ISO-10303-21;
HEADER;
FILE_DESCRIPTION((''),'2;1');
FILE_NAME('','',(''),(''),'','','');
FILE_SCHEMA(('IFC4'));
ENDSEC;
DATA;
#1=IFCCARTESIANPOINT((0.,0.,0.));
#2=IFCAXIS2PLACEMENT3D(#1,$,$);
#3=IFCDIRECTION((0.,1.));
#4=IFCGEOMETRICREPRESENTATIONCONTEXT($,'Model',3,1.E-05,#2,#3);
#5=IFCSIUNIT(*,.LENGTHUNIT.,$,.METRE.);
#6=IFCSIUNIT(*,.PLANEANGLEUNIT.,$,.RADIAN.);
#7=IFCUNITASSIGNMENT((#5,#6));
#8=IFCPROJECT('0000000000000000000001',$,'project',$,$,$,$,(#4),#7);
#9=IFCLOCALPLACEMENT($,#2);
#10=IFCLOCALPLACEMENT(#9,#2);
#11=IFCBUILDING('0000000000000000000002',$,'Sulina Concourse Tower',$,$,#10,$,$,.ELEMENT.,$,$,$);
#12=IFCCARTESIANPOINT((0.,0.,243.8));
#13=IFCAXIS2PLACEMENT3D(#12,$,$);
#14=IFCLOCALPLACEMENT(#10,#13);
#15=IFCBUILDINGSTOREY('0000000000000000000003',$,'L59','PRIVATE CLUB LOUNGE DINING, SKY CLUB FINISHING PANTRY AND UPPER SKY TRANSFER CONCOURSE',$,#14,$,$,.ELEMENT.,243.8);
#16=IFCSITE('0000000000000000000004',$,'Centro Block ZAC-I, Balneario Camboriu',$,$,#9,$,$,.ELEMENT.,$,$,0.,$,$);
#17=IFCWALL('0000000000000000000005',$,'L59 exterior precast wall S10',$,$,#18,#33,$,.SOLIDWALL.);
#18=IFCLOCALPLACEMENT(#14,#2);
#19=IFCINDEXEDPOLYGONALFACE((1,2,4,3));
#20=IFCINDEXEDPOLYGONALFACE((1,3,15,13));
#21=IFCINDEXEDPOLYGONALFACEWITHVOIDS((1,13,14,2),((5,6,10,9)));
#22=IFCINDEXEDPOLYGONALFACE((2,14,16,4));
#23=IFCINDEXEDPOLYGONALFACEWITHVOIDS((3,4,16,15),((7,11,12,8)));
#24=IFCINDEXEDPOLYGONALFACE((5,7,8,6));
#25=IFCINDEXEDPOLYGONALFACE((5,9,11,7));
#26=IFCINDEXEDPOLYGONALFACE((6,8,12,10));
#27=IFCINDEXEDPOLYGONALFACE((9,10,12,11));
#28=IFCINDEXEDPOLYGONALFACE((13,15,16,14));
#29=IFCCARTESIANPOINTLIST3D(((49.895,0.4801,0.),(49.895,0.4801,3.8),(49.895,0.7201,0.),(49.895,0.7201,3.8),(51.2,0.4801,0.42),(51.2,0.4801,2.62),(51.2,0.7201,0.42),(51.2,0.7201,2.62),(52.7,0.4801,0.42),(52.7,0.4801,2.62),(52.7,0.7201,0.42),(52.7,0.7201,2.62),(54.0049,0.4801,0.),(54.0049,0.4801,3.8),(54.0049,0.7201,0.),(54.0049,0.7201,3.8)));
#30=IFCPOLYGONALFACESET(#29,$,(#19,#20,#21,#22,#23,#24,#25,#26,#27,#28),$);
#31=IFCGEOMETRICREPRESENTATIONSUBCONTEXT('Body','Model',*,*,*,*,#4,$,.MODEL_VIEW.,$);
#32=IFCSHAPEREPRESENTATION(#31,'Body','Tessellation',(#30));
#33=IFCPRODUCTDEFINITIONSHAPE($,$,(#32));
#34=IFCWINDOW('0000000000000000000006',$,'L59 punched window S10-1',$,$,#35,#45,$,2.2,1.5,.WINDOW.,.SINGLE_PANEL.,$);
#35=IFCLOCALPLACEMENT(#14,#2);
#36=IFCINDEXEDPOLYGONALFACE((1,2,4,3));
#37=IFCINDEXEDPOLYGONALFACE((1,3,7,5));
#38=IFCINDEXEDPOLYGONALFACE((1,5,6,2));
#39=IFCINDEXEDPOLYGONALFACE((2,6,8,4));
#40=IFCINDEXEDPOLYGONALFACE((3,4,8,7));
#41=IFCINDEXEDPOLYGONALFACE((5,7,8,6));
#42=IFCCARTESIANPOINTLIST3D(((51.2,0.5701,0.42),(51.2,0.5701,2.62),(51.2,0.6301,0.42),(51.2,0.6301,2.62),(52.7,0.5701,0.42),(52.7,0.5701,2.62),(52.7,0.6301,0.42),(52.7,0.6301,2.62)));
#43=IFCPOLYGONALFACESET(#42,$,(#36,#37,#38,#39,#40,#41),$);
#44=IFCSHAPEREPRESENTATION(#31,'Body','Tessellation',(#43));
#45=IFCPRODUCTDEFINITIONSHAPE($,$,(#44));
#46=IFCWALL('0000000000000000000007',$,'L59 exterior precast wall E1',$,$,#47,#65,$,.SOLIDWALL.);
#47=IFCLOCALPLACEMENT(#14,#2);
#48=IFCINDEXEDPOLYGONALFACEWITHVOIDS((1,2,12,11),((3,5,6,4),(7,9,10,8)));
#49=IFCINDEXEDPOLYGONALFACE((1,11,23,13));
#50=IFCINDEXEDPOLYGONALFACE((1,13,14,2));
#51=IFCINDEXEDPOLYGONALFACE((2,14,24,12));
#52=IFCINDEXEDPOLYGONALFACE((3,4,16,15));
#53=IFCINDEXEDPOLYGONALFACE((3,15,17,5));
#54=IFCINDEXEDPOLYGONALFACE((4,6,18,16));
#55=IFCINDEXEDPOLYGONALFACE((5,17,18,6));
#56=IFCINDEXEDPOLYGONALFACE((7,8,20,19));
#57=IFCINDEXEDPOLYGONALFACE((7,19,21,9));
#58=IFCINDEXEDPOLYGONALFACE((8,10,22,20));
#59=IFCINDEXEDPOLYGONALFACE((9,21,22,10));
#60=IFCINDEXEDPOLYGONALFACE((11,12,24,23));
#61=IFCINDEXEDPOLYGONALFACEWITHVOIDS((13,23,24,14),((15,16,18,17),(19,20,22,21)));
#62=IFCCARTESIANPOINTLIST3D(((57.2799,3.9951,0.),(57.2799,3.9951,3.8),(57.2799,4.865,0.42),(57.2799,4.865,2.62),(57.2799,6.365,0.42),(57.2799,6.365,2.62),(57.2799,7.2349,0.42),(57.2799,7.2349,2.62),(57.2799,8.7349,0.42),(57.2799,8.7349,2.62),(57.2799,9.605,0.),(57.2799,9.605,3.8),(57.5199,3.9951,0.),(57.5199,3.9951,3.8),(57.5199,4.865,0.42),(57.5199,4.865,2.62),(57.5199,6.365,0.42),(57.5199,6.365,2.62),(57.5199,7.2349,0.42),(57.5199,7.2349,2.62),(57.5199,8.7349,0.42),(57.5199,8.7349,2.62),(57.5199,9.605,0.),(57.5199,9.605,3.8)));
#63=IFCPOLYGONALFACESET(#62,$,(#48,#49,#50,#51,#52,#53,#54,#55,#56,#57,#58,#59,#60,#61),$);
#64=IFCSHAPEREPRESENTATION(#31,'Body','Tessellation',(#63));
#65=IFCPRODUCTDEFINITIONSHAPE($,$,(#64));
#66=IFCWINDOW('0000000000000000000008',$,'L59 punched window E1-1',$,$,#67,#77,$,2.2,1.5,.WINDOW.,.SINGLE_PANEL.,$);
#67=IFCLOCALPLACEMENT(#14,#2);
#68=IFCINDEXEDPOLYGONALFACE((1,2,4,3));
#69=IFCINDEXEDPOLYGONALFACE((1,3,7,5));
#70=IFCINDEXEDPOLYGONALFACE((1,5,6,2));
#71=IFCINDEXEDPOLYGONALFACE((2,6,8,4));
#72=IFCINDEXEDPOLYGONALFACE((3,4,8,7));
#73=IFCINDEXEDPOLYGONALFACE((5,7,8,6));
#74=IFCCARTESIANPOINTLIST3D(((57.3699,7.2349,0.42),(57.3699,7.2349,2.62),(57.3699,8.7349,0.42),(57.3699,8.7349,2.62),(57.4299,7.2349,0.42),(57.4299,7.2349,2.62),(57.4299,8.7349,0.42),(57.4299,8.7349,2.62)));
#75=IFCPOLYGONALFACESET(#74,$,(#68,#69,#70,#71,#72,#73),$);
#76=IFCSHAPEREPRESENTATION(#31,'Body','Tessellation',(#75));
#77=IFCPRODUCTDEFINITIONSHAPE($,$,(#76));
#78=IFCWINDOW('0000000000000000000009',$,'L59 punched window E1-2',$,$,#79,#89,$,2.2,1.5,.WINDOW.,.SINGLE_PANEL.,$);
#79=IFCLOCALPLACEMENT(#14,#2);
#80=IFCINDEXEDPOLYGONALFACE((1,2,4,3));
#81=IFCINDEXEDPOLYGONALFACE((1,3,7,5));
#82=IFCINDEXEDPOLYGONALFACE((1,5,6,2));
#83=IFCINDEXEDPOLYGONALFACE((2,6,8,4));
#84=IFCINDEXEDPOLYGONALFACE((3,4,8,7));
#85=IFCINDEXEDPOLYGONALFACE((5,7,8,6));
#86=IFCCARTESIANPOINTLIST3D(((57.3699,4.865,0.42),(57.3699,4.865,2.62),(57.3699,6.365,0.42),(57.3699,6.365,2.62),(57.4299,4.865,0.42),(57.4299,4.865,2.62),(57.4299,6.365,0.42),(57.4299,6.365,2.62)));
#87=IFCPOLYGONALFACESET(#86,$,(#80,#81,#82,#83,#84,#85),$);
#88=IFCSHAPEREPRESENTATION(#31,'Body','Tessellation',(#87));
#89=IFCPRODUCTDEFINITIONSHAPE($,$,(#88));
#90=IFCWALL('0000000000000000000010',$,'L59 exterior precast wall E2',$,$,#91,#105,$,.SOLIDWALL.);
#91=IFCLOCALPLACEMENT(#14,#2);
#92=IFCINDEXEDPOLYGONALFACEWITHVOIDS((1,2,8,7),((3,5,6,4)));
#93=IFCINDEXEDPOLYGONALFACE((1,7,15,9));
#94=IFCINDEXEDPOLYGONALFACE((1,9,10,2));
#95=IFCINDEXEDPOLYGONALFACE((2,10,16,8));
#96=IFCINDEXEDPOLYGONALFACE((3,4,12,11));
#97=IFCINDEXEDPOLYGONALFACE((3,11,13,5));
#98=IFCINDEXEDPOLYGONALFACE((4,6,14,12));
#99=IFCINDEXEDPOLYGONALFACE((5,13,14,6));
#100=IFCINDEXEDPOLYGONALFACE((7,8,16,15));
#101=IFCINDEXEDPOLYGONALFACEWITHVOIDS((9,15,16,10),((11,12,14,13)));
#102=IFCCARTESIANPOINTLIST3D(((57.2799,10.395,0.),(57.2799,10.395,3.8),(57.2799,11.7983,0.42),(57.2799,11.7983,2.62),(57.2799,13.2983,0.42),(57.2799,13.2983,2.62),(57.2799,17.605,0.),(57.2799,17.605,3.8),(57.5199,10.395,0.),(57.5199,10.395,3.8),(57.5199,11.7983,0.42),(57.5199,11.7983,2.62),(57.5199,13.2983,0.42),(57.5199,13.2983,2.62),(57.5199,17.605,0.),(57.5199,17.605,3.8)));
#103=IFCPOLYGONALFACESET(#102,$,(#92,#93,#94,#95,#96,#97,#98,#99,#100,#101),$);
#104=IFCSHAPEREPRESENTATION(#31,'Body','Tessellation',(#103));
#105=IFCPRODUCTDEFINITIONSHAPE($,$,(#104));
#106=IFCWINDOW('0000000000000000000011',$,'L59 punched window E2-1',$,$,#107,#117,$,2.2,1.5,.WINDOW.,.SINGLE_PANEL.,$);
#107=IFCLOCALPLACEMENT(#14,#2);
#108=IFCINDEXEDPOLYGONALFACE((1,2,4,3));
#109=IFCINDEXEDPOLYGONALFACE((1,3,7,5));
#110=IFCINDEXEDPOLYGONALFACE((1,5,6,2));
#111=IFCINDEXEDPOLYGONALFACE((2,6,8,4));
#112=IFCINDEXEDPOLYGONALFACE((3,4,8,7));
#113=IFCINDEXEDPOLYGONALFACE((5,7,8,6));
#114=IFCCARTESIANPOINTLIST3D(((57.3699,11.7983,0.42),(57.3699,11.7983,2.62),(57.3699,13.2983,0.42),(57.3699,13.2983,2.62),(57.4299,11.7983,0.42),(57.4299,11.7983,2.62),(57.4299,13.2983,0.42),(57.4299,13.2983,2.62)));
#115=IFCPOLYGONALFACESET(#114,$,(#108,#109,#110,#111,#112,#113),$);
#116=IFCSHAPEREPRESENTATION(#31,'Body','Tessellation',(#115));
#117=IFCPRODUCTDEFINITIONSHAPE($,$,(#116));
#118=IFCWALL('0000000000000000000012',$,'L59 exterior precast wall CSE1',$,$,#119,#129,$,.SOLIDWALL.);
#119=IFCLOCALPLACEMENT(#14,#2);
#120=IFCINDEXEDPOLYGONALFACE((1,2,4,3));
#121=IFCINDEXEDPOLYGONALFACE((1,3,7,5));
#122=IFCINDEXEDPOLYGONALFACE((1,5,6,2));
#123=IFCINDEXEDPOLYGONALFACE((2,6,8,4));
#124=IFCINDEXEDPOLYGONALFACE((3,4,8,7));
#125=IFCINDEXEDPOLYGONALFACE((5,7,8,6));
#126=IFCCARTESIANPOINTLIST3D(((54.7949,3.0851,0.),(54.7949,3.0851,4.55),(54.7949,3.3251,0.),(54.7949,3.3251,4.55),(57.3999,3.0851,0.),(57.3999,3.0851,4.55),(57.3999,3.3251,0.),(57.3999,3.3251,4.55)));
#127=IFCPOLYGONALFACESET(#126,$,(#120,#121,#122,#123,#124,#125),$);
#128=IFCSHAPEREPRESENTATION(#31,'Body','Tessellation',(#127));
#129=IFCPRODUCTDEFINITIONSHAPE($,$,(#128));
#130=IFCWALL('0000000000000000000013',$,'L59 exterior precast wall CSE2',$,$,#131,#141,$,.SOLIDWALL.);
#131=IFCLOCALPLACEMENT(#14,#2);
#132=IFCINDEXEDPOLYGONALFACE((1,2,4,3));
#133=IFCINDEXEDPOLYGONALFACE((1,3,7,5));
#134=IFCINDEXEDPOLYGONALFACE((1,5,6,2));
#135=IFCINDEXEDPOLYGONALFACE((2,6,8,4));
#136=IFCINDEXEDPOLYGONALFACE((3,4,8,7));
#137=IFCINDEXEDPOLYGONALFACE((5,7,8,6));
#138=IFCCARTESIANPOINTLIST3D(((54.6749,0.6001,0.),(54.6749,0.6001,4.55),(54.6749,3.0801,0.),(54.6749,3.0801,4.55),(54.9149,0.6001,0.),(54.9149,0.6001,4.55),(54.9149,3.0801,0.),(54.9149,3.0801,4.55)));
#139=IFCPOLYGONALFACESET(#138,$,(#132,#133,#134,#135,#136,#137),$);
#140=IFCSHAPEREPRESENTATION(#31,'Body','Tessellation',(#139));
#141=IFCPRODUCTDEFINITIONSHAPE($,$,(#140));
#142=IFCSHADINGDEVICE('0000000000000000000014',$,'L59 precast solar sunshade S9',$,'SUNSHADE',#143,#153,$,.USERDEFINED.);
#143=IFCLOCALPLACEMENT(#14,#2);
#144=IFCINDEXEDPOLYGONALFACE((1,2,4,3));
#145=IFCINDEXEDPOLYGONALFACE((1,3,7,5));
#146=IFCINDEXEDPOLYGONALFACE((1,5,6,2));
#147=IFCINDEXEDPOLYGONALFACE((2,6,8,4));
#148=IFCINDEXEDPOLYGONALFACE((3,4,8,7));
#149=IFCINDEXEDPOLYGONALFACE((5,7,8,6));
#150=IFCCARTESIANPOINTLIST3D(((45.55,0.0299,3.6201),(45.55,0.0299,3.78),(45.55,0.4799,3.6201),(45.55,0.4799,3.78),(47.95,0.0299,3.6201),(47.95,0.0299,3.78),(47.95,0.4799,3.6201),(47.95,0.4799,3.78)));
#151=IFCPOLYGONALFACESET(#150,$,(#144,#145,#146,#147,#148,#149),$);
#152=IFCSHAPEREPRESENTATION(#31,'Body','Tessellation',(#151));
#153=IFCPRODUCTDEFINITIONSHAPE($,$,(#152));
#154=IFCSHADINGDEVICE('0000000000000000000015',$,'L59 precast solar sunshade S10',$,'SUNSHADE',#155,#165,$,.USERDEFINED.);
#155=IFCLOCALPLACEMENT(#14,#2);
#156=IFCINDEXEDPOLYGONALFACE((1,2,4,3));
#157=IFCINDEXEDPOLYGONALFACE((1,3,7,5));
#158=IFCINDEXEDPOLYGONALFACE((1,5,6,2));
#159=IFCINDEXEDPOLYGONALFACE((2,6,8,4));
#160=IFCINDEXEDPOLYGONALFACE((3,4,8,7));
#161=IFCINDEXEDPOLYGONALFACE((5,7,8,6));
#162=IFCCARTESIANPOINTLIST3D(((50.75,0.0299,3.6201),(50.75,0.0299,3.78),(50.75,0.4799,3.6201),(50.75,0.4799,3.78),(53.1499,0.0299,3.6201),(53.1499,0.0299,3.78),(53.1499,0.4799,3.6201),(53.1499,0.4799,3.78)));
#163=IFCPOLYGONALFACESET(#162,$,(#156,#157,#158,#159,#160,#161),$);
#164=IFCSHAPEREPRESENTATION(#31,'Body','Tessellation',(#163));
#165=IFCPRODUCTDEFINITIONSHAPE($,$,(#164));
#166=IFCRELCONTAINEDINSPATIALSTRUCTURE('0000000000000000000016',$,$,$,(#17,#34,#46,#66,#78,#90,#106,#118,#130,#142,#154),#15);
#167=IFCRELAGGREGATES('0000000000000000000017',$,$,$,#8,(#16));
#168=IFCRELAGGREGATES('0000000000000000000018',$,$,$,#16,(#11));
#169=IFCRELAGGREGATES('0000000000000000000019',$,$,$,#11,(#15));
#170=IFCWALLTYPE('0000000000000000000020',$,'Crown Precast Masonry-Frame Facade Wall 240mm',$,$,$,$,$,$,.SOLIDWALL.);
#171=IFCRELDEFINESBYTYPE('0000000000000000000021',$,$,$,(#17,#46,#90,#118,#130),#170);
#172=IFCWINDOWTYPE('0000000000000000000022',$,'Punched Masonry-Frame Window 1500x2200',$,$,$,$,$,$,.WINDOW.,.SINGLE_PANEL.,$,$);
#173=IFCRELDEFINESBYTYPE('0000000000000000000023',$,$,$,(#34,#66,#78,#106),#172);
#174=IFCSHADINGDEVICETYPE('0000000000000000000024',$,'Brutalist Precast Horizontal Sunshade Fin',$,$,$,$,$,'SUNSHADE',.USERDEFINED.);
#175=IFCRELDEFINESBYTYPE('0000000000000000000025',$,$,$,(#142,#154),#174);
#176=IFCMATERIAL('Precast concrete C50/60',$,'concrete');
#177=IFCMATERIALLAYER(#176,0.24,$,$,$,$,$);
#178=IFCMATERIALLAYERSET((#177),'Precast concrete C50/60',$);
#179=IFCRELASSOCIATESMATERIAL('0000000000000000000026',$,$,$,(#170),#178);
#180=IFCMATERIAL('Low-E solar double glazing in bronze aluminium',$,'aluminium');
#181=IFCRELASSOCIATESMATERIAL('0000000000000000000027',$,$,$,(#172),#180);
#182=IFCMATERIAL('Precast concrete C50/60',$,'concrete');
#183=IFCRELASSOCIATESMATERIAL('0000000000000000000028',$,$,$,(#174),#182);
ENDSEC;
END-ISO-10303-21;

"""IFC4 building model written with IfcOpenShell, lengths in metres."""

from ifc_helpers import new_model, si_unit, direction, frame, frame_2d, origin, origin_2d, place, context, subcontext, project, spatial, rectangle, extrude, material, layer, layer_set, type_object, element, fill, save


model = new_model("IFC4")

# Units and contexts
model_context = context("Model", 3, precision=1e-05, world=origin(), true_north=direction((0.0, 1.0)))
body_context = subcontext(model_context, "Body", "Model", "MODEL_VIEW")
ifc_project = project(units=[si_unit("LENGTHUNIT", "METRE"), si_unit("PLANEANGLEUNIT", "RADIAN")], contexts=[model_context])

# Site, building, storey
site_placement = place(None, origin())
site = spatial("IfcSite", under=ifc_project, at=site_placement, Name="Centro Block ZAC-I, Balneario Camboriu", CompositionType="ELEMENT", RefElevation=0.0)
building_placement = place(site_placement, origin())
building = spatial("IfcBuilding", under=site, at=building_placement, Name="Sulina Concourse Tower", CompositionType="ELEMENT")
storey_placement = place(building_placement, frame((0.0, 0.0, 243.8)))
storey = spatial("IfcBuildingStorey", under=building, at=storey_placement, Name="L59", Description="PRIVATE CLUB LOUNGE DINING, SKY CLUB FINISHING PANTRY AND UPPER SKY TRANSFER CONCOURSE", CompositionType="ELEMENT", Elevation=243.8)

# Shared definitions
ifc_material_1 = material(Name="Precast concrete C50/60", Category="concrete")
ifc_layer = layer(ifc_material_1, 0.24)
ifc_layer_set = layer_set([ifc_layer], Name="Precast concrete C50/60")
wall_type = type_object("IfcWallType", Name="Crown Precast Masonry-Frame Facade Wall 240mm", PredefinedType="SOLIDWALL", material=ifc_layer_set)

# Wall, opening, window
wall_1_placement = place(storey_placement, frame((54.0049, 0.6001, 0.0), z_axis=(0.0, 0.0, 1.0), x_axis=(-1.0, 0.0, 0.0)))
wall_1 = element("IfcWall", 1, at=wall_1_placement, inside=storey, type_object=wall_type, Name="L59 exterior precast wall S10", PredefinedType="SOLIDWALL", context=body_context, shape_type="SweptSolid", body=[
    extrude(rectangle(XDim=4.1099, YDim=0.24, at=frame_2d((2.0549, 0.0))), origin(), (0.0, 0.0, 1.0), 3.8),
])
opening_1_placement = place(wall_1_placement, frame((1.3049, 0.0, 0.4199)))
opening_1 = element("IfcOpeningElement", 2, at=opening_1_placement, cuts=wall_1, PredefinedType="OPENING", context=body_context, shape_type="SweptSolid", body=[
    extrude(rectangle(XDim=1.5, YDim=2.2, at=frame_2d((0.75, 1.1001))), frame((0.0, 0.1299, 0.0), z_axis=(0.0, -1.0, 0.0), x_axis=(1.0, 0.0, 0.0)), (0.0, 0.0, 1.0), 0.26),
])
ifc_material_2 = material(Name="Low-E solar double glazing in bronze aluminium", Category="aluminium")
window_type = type_object("IfcWindowType", Name="Punched Masonry-Frame Window 1500x2200", PartitioningType="SINGLE_PANEL", PredefinedType="WINDOW", material=ifc_material_2)
window_1_placement = place(opening_1_placement, origin())
window_1 = element("IfcWindow", 3, at=window_1_placement, inside=storey, type_object=window_type, Name="L59 punched window S10-1", OverallHeight=2.2, OverallWidth=1.5, PartitioningType="SINGLE_PANEL", PredefinedType="WINDOW", context=body_context, shape_type="SweptSolid", body=[
    extrude(rectangle(XDim=1.5, YDim=2.2, at=frame_2d((0.75, 1.1001))), frame((0.0, 0.03, 0.0), z_axis=(0.0, -1.0, 0.0), x_axis=(1.0, 0.0, 0.0)), (0.0, 0.0, 1.0), 0.0601),
])
fill(opening_1, window_1)

# Wall, openings, windows
wall_2_placement = place(storey_placement, frame((57.3999, 9.605, 0.0), z_axis=(0.0, 0.0, 1.0), x_axis=(0.0, -1.0, 0.0)))
wall_2 = element("IfcWall", 4, at=wall_2_placement, inside=storey, type_object=wall_type, Name="L59 exterior precast wall E1", PredefinedType="SOLIDWALL", context=body_context, shape_type="SweptSolid", body=[
    extrude(rectangle(XDim=5.6099, YDim=0.24, at=frame_2d((2.8049, 0.0))), origin(), (0.0, 0.0, 1.0), 3.8),
])
opening_2_placement = place(wall_2_placement, frame((0.8701, 0.0, 0.4199)))
opening_2 = element("IfcOpeningElement", 5, at=opening_2_placement, cuts=wall_2, PredefinedType="OPENING", context=body_context, shape_type="SweptSolid", body=[
    extrude(rectangle(XDim=1.5, YDim=2.2, at=frame_2d((0.75, 1.1001))), frame((0.0, 0.1299, 0.0), z_axis=(0.0, -1.0, 0.0), x_axis=(1.0, 0.0, 0.0)), (0.0, 0.0, 1.0), 0.26),
])
opening_3_placement = place(wall_2_placement, frame((3.24, 0.0, 0.4199)))
opening_3 = element("IfcOpeningElement", 6, at=opening_3_placement, cuts=wall_2, PredefinedType="OPENING", context=body_context, shape_type="SweptSolid", body=[
    extrude(rectangle(XDim=1.5, YDim=2.2, at=frame_2d((0.75, 1.1001))), frame((0.0, 0.1299, 0.0), z_axis=(0.0, -1.0, 0.0), x_axis=(1.0, 0.0, 0.0)), (0.0, 0.0, 1.0), 0.26),
])
window_2_placement = place(opening_2_placement, origin())
window_2 = element("IfcWindow", 7, at=window_2_placement, inside=storey, type_object=window_type, Name="L59 punched window E1-1", OverallHeight=2.2, OverallWidth=1.5, PartitioningType="SINGLE_PANEL", PredefinedType="WINDOW", context=body_context, shape_type="SweptSolid", body=[
    extrude(rectangle(XDim=1.5, YDim=2.2, at=frame_2d((0.75, 1.1001))), frame((0.0, 0.03, 0.0), z_axis=(0.0, -1.0, 0.0), x_axis=(1.0, 0.0, 0.0)), (0.0, 0.0, 1.0), 0.0601),
])
fill(opening_2, window_2)
window_3_placement = place(opening_3_placement, origin())
window_3 = element("IfcWindow", 8, at=window_3_placement, inside=storey, type_object=window_type, Name="L59 punched window E1-2", OverallHeight=2.2, OverallWidth=1.5, PartitioningType="SINGLE_PANEL", PredefinedType="WINDOW", context=body_context, shape_type="SweptSolid", body=[
    extrude(rectangle(XDim=1.5, YDim=2.2, at=frame_2d((0.75, 1.1001))), frame((0.0, 0.03, 0.0), z_axis=(0.0, -1.0, 0.0), x_axis=(1.0, 0.0, 0.0)), (0.0, 0.0, 1.0), 0.0601),
])
fill(opening_3, window_3)

# Wall, opening, window
wall_3_placement = place(storey_placement, frame((57.3999, 17.605, 0.0), z_axis=(0.0, 0.0, 1.0), x_axis=(0.0, -1.0, 0.0)))
wall_3 = element("IfcWall", 9, at=wall_3_placement, inside=storey, type_object=wall_type, Name="L59 exterior precast wall E2", PredefinedType="SOLIDWALL", context=body_context, shape_type="SweptSolid", body=[
    extrude(rectangle(XDim=7.21, YDim=0.24, at=frame_2d((3.605, 0.0))), origin(), (0.0, 0.0, 1.0), 3.8),
])
opening_4_placement = place(wall_3_placement, frame((4.3066, 0.0, 0.4199)))
opening_4 = element("IfcOpeningElement", 10, at=opening_4_placement, cuts=wall_3, PredefinedType="OPENING", context=body_context, shape_type="SweptSolid", body=[
    extrude(rectangle(XDim=1.5, YDim=2.2, at=frame_2d((0.75, 1.1001))), frame((0.0, 0.1299, 0.0), z_axis=(0.0, -1.0, 0.0), x_axis=(1.0, 0.0, 0.0)), (0.0, 0.0, 1.0), 0.26),
])
window_4_placement = place(opening_4_placement, origin())
window_4 = element("IfcWindow", 11, at=window_4_placement, inside=storey, type_object=window_type, Name="L59 punched window E2-1", OverallHeight=2.2, OverallWidth=1.5, PartitioningType="SINGLE_PANEL", PredefinedType="WINDOW", context=body_context, shape_type="SweptSolid", body=[
    extrude(rectangle(XDim=1.5, YDim=2.2, at=frame_2d((0.75, 1.1001))), frame((0.0, 0.03, 0.0), z_axis=(0.0, -1.0, 0.0), x_axis=(1.0, 0.0, 0.0)), (0.0, 0.0, 1.0), 0.0601),
])
fill(opening_4, window_4)

# Walls
wall_4_placement = place(storey_placement, frame((57.3999, 3.2051, 0.0), z_axis=(0.0, 0.0, 1.0), x_axis=(-1.0, 0.0, 0.0)))
element("IfcWall", 12, at=wall_4_placement, inside=storey, type_object=wall_type, Name="L59 exterior precast wall CSE1", PredefinedType="SOLIDWALL", context=body_context, shape_type="SweptSolid", body=[
    extrude(rectangle(XDim=2.605, YDim=0.24, at=frame_2d((1.3025, 0.0))), origin(), (0.0, 0.0, 1.0), 4.55),
])
wall_5_placement = place(storey_placement, frame((54.7949, 3.0801, 0.0), z_axis=(0.0, 0.0, 1.0), x_axis=(0.0, -1.0, 0.0)))
element("IfcWall", 13, at=wall_5_placement, inside=storey, type_object=wall_type, Name="L59 exterior precast wall CSE2", PredefinedType="SOLIDWALL", context=body_context, shape_type="SweptSolid", body=[
    extrude(rectangle(XDim=2.48, YDim=0.24, at=frame_2d((1.24, 0.0))), origin(), (0.0, 0.0, 1.0), 4.55),
])

# Shading devices
ifc_material_3 = material(Name="Precast concrete C50/60", Category="concrete")
shading_device_type = type_object("IfcShadingDeviceType", Name="Brutalist Precast Horizontal Sunshade Fin", ElementType="SUNSHADE", PredefinedType="USERDEFINED", material=ifc_material_3)
for number, where, z_axis, x_axis, name in (
    (14, (46.75, 0.2549, 3.6201), (0.0, 0.0, 1.0), (1.0, 0.0, 0.0), "L59 precast solar sunshade S9"),
    (15, (51.95, 0.2549, 3.6201), (0.0, 0.0, 1.0), (1.0, 0.0, 0.0), "L59 precast solar sunshade S10"),
):
    element("IfcShadingDevice", number, at=place(storey_placement, frame(where, z_axis=z_axis, x_axis=x_axis)), inside=storey, type_object=shading_device_type, Name=name, ObjectType="SUNSHADE", PredefinedType="USERDEFINED", context=body_context, shape_type="SweptSolid", body=[
        extrude(rectangle(XDim=2.3999, YDim=0.45, at=origin_2d()), origin(), (0.0, 0.0, 1.0), 0.1599),
    ])

save(model, "model.ifc")
